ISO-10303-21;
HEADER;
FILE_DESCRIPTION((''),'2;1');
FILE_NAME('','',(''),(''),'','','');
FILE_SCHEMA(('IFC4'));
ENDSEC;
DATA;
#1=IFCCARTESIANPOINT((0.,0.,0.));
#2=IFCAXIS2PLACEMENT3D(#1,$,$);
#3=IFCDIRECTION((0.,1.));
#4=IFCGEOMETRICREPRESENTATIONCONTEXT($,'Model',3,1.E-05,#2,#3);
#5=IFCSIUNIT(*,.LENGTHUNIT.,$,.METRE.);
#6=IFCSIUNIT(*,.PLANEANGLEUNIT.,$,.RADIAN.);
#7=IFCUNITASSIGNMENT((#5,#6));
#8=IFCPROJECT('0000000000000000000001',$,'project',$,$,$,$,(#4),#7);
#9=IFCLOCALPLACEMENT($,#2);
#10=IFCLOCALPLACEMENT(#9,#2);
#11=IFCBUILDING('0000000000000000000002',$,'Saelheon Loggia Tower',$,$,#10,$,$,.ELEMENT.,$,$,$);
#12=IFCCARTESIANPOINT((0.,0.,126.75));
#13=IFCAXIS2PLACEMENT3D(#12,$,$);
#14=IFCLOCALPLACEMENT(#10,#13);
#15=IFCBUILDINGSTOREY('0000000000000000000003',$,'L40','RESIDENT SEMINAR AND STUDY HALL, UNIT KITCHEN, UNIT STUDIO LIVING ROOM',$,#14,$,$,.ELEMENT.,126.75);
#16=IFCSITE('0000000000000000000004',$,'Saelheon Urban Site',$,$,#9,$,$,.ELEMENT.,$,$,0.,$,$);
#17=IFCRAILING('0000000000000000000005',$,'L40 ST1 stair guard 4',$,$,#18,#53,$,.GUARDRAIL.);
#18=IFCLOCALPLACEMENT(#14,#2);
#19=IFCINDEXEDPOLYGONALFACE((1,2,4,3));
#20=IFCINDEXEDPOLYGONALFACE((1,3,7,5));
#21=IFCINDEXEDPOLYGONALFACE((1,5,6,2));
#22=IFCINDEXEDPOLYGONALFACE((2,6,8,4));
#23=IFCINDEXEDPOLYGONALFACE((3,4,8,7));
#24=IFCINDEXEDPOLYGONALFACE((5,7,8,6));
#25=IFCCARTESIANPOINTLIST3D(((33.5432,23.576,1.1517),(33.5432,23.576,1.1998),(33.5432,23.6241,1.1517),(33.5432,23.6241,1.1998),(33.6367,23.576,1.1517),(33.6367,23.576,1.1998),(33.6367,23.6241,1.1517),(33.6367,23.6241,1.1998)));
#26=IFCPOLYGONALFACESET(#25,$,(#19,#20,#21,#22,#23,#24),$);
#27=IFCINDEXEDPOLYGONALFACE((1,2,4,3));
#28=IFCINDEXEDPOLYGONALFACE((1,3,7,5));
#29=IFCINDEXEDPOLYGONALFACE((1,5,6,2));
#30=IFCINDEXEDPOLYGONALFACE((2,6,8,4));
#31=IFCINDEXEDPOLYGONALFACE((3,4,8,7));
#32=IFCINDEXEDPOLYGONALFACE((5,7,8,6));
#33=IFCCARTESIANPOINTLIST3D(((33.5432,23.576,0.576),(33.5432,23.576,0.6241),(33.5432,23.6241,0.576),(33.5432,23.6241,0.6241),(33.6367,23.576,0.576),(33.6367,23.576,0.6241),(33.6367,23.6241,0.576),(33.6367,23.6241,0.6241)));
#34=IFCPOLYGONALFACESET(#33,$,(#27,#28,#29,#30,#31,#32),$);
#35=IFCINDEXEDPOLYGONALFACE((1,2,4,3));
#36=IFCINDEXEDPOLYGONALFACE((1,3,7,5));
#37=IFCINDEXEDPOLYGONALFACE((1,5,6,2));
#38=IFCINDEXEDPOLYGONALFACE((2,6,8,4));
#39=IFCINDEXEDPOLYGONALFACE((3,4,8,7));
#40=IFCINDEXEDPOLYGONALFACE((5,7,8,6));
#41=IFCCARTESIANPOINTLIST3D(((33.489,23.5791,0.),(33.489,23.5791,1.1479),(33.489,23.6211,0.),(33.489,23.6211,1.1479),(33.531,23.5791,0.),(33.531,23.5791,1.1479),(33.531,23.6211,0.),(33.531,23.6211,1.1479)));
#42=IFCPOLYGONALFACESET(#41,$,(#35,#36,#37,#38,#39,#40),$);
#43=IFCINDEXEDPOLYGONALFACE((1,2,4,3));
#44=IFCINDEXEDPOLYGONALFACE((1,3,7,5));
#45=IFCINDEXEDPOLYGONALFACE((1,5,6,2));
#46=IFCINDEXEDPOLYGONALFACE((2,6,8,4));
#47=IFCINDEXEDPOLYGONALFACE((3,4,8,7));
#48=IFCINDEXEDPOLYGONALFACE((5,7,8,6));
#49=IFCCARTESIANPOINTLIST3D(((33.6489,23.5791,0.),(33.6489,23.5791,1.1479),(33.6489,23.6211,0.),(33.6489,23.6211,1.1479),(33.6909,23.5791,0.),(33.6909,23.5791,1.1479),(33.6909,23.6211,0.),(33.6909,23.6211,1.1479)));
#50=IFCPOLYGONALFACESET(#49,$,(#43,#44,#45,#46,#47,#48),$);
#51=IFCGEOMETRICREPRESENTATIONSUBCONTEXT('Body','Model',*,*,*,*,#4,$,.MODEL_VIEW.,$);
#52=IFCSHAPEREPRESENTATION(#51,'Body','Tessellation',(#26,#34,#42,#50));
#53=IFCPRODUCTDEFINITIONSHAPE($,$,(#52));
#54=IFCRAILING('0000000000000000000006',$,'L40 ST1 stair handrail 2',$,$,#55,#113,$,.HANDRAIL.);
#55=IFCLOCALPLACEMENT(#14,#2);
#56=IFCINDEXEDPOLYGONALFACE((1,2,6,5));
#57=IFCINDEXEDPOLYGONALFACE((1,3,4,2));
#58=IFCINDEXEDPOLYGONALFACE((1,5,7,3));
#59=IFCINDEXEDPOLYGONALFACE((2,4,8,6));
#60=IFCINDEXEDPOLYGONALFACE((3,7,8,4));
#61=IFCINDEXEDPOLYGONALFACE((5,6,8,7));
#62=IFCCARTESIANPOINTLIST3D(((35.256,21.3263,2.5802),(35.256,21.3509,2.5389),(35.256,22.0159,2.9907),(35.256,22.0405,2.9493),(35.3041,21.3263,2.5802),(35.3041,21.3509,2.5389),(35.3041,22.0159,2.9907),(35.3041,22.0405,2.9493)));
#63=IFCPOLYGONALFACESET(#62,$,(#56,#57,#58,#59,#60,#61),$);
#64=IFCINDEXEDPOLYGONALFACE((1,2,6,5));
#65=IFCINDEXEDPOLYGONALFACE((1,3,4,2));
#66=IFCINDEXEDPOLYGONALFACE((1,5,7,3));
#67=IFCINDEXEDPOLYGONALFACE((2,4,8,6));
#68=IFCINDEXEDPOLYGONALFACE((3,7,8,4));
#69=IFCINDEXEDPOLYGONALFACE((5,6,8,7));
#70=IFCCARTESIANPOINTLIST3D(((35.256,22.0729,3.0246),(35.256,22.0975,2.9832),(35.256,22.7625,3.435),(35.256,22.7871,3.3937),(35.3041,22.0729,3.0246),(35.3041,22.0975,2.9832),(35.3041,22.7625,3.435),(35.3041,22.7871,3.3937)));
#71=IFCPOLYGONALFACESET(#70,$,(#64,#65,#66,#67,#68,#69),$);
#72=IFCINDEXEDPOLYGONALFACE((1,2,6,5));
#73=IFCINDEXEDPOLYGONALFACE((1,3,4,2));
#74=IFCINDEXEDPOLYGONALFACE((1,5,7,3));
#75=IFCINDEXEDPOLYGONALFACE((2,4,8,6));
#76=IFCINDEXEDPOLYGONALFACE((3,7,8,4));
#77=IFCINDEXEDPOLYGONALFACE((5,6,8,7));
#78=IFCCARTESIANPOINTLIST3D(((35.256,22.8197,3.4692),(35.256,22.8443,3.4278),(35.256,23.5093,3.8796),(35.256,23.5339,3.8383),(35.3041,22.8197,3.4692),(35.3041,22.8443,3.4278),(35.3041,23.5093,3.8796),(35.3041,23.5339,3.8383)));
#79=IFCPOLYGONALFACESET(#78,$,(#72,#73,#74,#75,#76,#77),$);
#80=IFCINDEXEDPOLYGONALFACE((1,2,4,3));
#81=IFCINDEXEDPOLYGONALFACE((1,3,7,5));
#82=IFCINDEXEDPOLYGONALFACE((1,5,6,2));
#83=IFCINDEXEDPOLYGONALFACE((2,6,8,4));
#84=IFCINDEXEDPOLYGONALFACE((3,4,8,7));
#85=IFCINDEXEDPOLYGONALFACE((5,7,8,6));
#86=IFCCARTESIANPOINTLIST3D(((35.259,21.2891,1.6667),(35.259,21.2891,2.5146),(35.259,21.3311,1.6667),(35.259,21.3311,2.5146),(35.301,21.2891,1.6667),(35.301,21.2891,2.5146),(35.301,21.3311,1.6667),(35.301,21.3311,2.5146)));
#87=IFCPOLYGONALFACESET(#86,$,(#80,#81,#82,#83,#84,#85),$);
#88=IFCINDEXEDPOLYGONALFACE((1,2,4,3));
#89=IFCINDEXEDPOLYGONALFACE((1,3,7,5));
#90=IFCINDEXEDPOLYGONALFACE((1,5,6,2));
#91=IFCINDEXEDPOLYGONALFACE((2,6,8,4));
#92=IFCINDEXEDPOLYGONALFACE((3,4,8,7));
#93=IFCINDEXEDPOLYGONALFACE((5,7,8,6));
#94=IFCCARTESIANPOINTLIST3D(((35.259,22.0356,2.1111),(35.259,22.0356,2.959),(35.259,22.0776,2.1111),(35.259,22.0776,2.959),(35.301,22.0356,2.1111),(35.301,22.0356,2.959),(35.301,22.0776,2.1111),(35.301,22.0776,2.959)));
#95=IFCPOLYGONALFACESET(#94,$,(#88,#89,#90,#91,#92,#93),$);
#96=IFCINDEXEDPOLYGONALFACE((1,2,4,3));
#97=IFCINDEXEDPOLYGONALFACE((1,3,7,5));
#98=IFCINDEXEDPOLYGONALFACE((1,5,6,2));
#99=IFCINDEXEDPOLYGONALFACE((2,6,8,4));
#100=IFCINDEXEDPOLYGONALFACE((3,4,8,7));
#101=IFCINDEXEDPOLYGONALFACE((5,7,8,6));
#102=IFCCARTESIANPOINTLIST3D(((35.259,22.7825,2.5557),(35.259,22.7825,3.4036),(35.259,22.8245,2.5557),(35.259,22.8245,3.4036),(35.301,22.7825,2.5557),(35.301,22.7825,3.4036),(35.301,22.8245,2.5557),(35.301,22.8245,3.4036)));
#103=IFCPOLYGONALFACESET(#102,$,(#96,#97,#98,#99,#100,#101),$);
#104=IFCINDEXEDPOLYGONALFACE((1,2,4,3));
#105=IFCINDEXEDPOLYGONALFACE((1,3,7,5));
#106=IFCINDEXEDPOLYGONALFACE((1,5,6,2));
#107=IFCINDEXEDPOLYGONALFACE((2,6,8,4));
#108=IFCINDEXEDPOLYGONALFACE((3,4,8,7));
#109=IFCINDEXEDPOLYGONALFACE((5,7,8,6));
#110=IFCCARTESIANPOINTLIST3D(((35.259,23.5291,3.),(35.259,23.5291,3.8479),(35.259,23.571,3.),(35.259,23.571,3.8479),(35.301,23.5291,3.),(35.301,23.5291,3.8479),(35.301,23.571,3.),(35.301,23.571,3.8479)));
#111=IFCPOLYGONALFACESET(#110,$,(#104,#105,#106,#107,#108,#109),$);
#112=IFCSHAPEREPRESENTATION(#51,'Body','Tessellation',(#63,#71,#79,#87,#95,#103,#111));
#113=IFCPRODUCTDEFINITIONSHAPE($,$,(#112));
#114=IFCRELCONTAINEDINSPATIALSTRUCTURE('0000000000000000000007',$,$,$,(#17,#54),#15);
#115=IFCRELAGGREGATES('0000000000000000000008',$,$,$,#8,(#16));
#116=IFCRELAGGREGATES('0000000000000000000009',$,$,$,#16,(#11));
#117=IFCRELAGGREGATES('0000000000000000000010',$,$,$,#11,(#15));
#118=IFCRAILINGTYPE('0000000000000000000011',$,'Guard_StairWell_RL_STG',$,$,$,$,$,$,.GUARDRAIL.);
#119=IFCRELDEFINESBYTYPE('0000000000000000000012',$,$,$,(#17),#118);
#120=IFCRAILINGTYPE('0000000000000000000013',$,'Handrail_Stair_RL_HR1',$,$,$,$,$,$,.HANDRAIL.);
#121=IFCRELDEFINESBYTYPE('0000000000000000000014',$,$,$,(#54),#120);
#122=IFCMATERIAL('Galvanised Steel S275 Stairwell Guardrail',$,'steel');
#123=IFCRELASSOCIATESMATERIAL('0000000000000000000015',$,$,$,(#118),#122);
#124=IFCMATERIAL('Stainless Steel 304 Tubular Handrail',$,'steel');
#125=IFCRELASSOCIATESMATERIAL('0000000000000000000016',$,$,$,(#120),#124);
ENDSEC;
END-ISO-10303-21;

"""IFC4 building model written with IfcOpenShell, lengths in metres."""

from ifc_helpers import new_model, si_unit, direction, frame, origin, origin_2d, place, context, subcontext, project, spatial, rectangle, extrude, material, type_object, element, save


model = new_model("IFC4")

# Units and contexts
model_context = context("Model", 3, precision=1e-05, world=origin(), true_north=direction((0.0, 1.0)))
body_context = subcontext(model_context, "Body", "Model", "MODEL_VIEW")
ifc_project = project(units=[si_unit("LENGTHUNIT", "METRE"), si_unit("PLANEANGLEUNIT", "RADIAN")], contexts=[model_context])

# Site, building, storey
site_placement = place(None, origin())
site = spatial("IfcSite", under=ifc_project, at=site_placement, Name="Saelheon Urban Site", CompositionType="ELEMENT", RefElevation=0.0)
building_placement = place(site_placement, origin())
building = spatial("IfcBuilding", under=site, at=building_placement, Name="Saelheon Loggia Tower", CompositionType="ELEMENT")
storey_placement = place(building_placement, frame((0.0, 0.0, 126.75)))
storey = spatial("IfcBuildingStorey", under=building, at=storey_placement, Name="L40", Description="RESIDENT SEMINAR AND STUDY HALL, UNIT KITCHEN, UNIT STUDIO LIVING ROOM", CompositionType="ELEMENT", Elevation=126.75)

# Railings
ifc_material_1 = material(Name="Galvanised Steel S275 Stairwell Guardrail", Category="steel")
railing_type_1 = type_object("IfcRailingType", Name="Guard_StairWell_RL_STG", PredefinedType="GUARDRAIL", material=ifc_material_1)
railing_1_placement = place(storey_placement, frame((33.51, 23.6001, 0.0)))
element("IfcRailing", 1, at=railing_1_placement, inside=storey, type_object=railing_type_1, Name="L40 ST1 stair guard 4", PredefinedType="GUARDRAIL", context=body_context, shape_type="SweptSolid", body=[
    extrude(rectangle(XDim=0.0481, YDim=0.0481, at=origin_2d()), frame((0.0332, 0.0, 1.1758), z_axis=(1.0, 0.0, 0.0), x_axis=(0.0, 1.0, 0.0)), (0.0, 0.0, 1.0), 0.0935),
    extrude(rectangle(XDim=0.0481, YDim=0.0481, at=origin_2d()), frame((0.0332, 0.0, 0.6001), z_axis=(1.0, 0.0, 0.0), x_axis=(0.0, 1.0, 0.0)), (0.0, 0.0, 1.0), 0.0935),
    extrude(rectangle(XDim=0.042, YDim=0.042, at=origin_2d()), origin(), (0.0, 0.0, 1.0), 1.1479),
    extrude(rectangle(XDim=0.042, YDim=0.042, at=origin_2d()), frame((0.1599, 0.0, 0.0)), (0.0, 0.0, 1.0), 1.1479),
])
ifc_material_2 = material(Name="Stainless Steel 304 Tubular Handrail", Category="steel")
railing_type_2 = type_object("IfcRailingType", Name="Handrail_Stair_RL_HR1", PredefinedType="HANDRAIL", material=ifc_material_2)
railing_2_placement = place(storey_placement, frame((35.28, 21.3101, 1.6667)))
element("IfcRailing", 2, at=railing_2_placement, inside=storey, type_object=railing_type_2, Name="L40 ST1 stair handrail 2", PredefinedType="HANDRAIL", context=body_context, shape_type="SweptSolid", body=[
    extrude(rectangle(XDim=0.0481, YDim=0.0481, at=origin_2d()), frame((0.0, 0.0286, 0.8928), z_axis=(0.0, 0.859306, 0.511462), x_axis=(-1.0, 0.0, 0.0)), (0.0, 0.0, 1.0), 0.8025),
    extrude(rectangle(XDim=0.0481, YDim=0.0481, at=origin_2d()), frame((0.0, 0.7751, 1.3372), z_axis=(0.0, 0.859306, 0.511462), x_axis=(-1.0, 0.0, 0.0)), (0.0, 0.0, 1.0), 0.8025),
    extrude(rectangle(XDim=0.0481, YDim=0.0481, at=origin_2d()), frame((0.0, 1.522, 1.7817), z_axis=(0.0, 0.859306, 0.511462), x_axis=(-1.0, 0.0, 0.0)), (0.0, 0.0, 1.0), 0.8025),
    extrude(rectangle(XDim=0.042, YDim=0.042, at=origin_2d()), origin(), (0.0, 0.0, 1.0), 0.8479),
    extrude(rectangle(XDim=0.042, YDim=0.042, at=origin_2d()), frame((0.0, 0.7466, 0.4443)), (0.0, 0.0, 1.0), 0.8479),
    extrude(rectangle(XDim=0.042, YDim=0.042, at=origin_2d()), frame((0.0, 1.4934, 0.8889)), (0.0, 0.0, 1.0), 0.8479),
    extrude(rectangle(XDim=0.042, YDim=0.042, at=origin_2d()), frame((0.0, 2.24, 1.3333)), (0.0, 0.0, 1.0), 0.8479),
])

save(model, "model.ifc")
